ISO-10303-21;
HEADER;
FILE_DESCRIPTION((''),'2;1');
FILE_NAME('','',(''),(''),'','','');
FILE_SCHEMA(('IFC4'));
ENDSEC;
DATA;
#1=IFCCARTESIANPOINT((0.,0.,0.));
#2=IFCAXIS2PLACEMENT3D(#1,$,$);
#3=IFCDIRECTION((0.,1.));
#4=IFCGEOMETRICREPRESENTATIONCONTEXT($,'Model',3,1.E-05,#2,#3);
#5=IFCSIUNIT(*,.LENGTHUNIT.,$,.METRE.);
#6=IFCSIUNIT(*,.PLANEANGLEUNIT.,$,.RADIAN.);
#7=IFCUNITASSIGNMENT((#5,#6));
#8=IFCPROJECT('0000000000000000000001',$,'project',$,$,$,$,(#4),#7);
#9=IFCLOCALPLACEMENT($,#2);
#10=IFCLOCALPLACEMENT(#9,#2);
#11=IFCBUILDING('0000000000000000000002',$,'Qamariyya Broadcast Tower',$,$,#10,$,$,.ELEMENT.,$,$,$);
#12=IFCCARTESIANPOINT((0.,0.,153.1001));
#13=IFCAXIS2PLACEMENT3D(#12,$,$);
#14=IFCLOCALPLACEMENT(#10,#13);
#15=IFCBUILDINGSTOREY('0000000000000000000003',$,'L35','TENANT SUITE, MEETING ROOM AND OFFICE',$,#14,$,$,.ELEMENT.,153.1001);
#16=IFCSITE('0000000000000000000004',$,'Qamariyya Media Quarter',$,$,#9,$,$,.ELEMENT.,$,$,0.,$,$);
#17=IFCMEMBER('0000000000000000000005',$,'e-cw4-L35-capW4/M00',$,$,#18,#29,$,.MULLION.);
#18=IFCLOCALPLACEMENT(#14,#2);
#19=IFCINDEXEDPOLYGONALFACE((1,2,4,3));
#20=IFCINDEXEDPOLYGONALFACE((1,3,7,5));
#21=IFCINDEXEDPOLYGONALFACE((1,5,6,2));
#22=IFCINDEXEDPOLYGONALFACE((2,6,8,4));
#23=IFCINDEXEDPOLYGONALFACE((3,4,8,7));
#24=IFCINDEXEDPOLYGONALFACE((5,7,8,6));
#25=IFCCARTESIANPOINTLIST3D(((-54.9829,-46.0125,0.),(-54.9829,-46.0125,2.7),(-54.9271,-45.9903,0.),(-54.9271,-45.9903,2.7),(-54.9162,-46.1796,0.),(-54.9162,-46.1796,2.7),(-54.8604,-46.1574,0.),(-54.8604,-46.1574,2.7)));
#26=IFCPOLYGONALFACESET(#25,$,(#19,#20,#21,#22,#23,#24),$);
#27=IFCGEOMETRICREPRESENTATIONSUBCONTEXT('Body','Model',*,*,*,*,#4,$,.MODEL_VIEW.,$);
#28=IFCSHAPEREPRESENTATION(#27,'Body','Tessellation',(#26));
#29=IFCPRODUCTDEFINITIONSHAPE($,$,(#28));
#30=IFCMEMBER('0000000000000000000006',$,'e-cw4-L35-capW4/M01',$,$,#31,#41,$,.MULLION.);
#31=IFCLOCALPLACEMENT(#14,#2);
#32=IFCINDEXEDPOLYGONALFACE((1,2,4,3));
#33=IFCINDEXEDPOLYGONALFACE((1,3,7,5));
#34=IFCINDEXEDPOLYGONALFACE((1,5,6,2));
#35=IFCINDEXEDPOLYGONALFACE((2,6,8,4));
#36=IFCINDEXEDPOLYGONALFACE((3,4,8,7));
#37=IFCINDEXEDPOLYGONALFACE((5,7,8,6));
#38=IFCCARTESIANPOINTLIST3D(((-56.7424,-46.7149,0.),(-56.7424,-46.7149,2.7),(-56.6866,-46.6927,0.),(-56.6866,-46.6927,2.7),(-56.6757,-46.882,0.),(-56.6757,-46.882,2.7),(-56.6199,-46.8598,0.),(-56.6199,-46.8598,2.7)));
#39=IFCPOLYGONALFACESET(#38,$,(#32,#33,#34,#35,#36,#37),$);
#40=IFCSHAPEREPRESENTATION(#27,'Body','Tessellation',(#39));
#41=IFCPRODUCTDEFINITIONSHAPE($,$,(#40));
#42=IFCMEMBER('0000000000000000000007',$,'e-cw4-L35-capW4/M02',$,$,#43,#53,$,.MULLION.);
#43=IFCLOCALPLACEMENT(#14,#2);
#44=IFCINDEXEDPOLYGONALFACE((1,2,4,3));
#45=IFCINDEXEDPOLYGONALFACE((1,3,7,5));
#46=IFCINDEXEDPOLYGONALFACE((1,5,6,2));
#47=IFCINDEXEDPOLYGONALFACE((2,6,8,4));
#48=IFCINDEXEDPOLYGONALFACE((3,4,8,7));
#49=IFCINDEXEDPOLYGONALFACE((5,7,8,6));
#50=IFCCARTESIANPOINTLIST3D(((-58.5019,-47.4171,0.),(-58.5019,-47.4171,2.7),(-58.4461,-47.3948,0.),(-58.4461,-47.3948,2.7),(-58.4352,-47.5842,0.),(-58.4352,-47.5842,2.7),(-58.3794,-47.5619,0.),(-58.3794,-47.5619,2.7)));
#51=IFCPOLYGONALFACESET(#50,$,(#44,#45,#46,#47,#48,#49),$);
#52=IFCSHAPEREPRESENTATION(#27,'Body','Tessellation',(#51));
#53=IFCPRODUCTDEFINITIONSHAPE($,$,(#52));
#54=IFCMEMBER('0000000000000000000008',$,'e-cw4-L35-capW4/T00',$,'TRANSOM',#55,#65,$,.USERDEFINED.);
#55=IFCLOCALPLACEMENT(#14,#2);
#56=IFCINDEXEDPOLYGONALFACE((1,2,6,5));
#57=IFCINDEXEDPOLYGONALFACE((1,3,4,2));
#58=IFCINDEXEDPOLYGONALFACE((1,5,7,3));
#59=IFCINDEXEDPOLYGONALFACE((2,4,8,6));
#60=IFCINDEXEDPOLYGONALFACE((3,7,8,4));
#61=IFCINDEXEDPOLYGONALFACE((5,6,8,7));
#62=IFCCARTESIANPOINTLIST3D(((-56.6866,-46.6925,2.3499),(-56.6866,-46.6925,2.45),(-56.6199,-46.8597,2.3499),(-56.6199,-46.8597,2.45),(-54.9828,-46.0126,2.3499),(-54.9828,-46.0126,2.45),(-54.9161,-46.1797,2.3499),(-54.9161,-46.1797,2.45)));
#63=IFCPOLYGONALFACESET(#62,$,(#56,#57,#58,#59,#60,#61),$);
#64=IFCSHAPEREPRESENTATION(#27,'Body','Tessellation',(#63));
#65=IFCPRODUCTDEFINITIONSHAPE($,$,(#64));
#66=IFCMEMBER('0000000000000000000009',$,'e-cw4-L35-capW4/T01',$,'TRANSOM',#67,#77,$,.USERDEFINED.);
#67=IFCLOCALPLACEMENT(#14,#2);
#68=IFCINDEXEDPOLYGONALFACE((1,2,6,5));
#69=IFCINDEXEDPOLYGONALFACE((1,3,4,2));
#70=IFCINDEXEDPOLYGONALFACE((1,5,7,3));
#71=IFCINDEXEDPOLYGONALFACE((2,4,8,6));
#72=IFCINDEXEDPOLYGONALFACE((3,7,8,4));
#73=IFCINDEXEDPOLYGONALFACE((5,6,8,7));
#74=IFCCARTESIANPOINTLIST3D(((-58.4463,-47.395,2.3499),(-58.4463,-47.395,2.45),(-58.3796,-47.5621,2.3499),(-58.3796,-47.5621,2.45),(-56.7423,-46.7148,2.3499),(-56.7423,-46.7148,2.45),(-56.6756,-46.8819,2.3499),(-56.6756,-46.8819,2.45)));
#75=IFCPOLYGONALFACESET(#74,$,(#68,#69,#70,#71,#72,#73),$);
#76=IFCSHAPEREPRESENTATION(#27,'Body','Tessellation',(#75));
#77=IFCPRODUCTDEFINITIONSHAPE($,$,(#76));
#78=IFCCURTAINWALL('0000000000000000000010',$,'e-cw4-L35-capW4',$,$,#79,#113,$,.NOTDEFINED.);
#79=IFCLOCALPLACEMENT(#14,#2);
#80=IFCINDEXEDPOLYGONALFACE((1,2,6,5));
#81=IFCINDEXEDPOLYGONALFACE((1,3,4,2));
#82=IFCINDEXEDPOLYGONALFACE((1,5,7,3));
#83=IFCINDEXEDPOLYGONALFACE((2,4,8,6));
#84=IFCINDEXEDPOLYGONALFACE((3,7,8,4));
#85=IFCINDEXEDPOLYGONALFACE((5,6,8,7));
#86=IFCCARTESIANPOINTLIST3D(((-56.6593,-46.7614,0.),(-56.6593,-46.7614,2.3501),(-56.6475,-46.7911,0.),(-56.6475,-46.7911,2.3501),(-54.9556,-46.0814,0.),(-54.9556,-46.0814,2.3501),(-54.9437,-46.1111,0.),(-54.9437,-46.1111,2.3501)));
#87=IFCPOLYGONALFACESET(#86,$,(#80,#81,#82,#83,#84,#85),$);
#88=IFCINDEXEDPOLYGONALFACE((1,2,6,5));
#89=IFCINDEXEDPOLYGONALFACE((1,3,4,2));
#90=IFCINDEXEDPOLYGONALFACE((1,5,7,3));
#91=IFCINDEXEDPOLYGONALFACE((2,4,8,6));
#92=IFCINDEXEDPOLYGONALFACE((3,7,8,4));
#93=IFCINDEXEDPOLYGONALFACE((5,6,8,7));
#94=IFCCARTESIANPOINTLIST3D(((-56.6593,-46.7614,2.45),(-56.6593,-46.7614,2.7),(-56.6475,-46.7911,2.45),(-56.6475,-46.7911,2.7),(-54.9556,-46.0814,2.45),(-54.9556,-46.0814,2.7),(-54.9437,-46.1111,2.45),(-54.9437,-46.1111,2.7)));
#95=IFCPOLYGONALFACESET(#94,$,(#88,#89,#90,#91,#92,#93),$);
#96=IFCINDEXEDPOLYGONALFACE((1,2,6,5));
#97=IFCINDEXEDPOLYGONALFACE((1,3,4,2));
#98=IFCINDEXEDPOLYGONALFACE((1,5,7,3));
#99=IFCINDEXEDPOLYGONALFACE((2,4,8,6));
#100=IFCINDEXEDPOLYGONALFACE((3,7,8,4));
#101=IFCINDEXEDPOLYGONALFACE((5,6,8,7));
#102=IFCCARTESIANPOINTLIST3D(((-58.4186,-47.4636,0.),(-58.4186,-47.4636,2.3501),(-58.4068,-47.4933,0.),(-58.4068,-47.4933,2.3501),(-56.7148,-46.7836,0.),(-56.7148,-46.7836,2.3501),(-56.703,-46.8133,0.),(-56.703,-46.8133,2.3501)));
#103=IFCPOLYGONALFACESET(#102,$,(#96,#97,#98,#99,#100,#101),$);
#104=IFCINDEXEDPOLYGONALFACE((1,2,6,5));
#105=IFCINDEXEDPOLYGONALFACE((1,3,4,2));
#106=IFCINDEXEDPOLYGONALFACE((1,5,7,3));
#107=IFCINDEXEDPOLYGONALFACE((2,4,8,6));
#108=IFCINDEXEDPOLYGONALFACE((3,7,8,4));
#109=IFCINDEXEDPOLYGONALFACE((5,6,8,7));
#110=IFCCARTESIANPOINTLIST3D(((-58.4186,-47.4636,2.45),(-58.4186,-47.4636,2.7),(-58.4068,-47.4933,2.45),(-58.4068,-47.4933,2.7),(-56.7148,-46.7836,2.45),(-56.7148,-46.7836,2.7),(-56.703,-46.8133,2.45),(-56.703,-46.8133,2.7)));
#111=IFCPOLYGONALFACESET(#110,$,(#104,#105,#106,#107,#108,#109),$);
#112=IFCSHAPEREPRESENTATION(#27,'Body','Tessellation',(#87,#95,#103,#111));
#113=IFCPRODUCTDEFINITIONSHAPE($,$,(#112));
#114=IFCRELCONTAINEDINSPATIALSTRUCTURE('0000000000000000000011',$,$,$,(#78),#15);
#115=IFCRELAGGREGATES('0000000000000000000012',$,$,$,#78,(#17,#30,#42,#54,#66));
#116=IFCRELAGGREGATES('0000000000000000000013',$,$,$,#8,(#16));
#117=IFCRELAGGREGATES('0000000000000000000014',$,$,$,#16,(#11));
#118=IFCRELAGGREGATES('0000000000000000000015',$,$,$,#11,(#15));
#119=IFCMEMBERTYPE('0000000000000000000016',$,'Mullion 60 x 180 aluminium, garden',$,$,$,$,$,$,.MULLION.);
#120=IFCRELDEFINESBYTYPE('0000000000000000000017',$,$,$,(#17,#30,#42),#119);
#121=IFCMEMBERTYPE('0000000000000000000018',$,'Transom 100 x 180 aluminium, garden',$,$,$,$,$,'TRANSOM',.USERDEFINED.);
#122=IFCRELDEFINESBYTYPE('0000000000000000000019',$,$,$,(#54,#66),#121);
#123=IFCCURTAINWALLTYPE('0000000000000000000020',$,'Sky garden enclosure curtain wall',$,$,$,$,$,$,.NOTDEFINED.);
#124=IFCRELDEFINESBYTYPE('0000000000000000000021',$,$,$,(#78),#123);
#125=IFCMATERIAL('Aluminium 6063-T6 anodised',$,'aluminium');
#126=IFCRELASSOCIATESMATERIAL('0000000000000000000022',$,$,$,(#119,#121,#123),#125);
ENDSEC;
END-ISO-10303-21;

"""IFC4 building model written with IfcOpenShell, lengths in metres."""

from ifc_helpers import new_model, si_unit, direction, frame, origin, origin_2d, place, context, subcontext, project, spatial, rectangle, extrude, material, material_profile, profile_set, type_object, element, aggregate, save


model = new_model("IFC4")

# Units and contexts
model_context = context("Model", 3, precision=1e-05, world=origin(), true_north=direction((0.0, 1.0)))
body_context = subcontext(model_context, "Body", "Model", "MODEL_VIEW")
ifc_project = project(units=[si_unit("LENGTHUNIT", "METRE"), si_unit("PLANEANGLEUNIT", "RADIAN")], contexts=[model_context])

# Members
ifc_material_1 = material(Name="Aluminium 6063-T6 anodised", Category="aluminium")
ifc_material_profile_1 = material_profile(ifc_material_1, rectangle(XDim=0.1799, YDim=0.0601, at=origin_2d()))
ifc_profile_set_1 = profile_set([ifc_material_profile_1], Name="Aluminium 6063-T6 anodised")
member_type_1 = type_object("IfcMemberType", Name="Mullion 60 x 180 aluminium, garden", PredefinedType="MULLION", material=ifc_profile_set_1)
site_placement = place(None, origin())
building_placement = place(site_placement, origin())
storey_placement = place(building_placement, frame((0.0, 0.0, 153.1001)))
member_1_placement = place(storey_placement, frame((-54.9216, -46.085, 0.0), z_axis=(0.0, 0.0, 1.0), x_axis=(0.370691, -0.928756, 0.0)))
member_1 = element("IfcMember", 1, at=member_1_placement, type_object=member_type_1, Name="e-cw4-L35-capW4/M00", PredefinedType="MULLION", context=body_context, shape_type="SweptSolid", body=[
    extrude(rectangle(XDim=0.1799, YDim=0.0601, at=origin_2d()), origin(), (0.0, 0.0, 1.0), 2.7),
])
member_2_placement = place(storey_placement, frame((-56.6812, -46.7874, 0.0), z_axis=(0.0, 0.0, 1.0), x_axis=(0.370691, -0.928756, 0.0)))
member_2 = element("IfcMember", 2, at=member_2_placement, type_object=member_type_1, Name="e-cw4-L35-capW4/M01", PredefinedType="MULLION", context=body_context, shape_type="SweptSolid", body=[
    extrude(rectangle(XDim=0.1799, YDim=0.0601, at=origin_2d()), origin(), (0.0, 0.0, 1.0), 2.7),
])
member_3_placement = place(storey_placement, frame((-58.4407, -47.4895, 0.0), z_axis=(0.0, 0.0, 1.0), x_axis=(0.370691, -0.928756, 0.0)))
member_3 = element("IfcMember", 3, at=member_3_placement, type_object=member_type_1, Name="e-cw4-L35-capW4/M02", PredefinedType="MULLION", context=body_context, shape_type="SweptSolid", body=[
    extrude(rectangle(XDim=0.1799, YDim=0.0601, at=origin_2d()), origin(), (0.0, 0.0, 1.0), 2.7),
])
ifc_material_profile_2 = material_profile(ifc_material_1, rectangle(XDim=0.1799, YDim=0.1001, at=origin_2d()))
ifc_profile_set_2 = profile_set([ifc_material_profile_2], Name="Aluminium 6063-T6 anodised")
member_type_2 = type_object("IfcMemberType", Name="Transom 100 x 180 aluminium, garden", ElementType="TRANSOM", PredefinedType="USERDEFINED", material=ifc_profile_set_2)
member_4_placement = place(storey_placement, frame((-54.9495, -46.0962, 2.3999), z_axis=(-0.928779, -0.370633, 0.0), x_axis=(0.370633, -0.928779, 0.0)))
member_4 = element("IfcMember", 4, at=member_4_placement, type_object=member_type_2, Name="e-cw4-L35-capW4/T00", ObjectType="TRANSOM", PredefinedType="USERDEFINED", context=body_context, shape_type="SweptSolid", body=[
    extrude(rectangle(XDim=0.1799, YDim=0.1001, at=origin_2d()), origin(), (0.0, 0.0, 1.0), 1.8345),
])
member_5_placement = place(storey_placement, frame((-56.709, -46.7983, 2.3999), z_axis=(-0.928733, -0.370748, 0.0), x_axis=(0.370748, -0.928733, 0.0)))
member_5 = element("IfcMember", 5, at=member_5_placement, type_object=member_type_2, Name="e-cw4-L35-capW4/T01", ObjectType="TRANSOM", PredefinedType="USERDEFINED", context=body_context, shape_type="SweptSolid", body=[
    extrude(rectangle(XDim=0.1799, YDim=0.1001, at=origin_2d()), origin(), (0.0, 0.0, 1.0), 1.8347),
])

# Site, building, storey
site = spatial("IfcSite", under=ifc_project, at=site_placement, Name="Qamariyya Media Quarter", CompositionType="ELEMENT", RefElevation=0.0)
building = spatial("IfcBuilding", under=site, at=building_placement, Name="Qamariyya Broadcast Tower", CompositionType="ELEMENT")
storey = spatial("IfcBuildingStorey", under=building, at=storey_placement, Name="L35", Description="TENANT SUITE, MEETING ROOM AND OFFICE", CompositionType="ELEMENT", Elevation=153.1001)

# Curtain wall
curtain_wall_type_1 = type_object("IfcCurtainWallType", Name="Sky garden enclosure curtain wall", PredefinedType="NOTDEFINED", material=ifc_material_1)
curtain_wall_1_placement = place(storey_placement, origin())
curtain_wall_1 = element("IfcCurtainWall", 6, at=curtain_wall_1_placement, inside=storey, type_object=curtain_wall_type_1, Name="e-cw4-L35-capW4", PredefinedType="NOTDEFINED", context=body_context, shape_type="SweptSolid", body=[
    extrude(rectangle(XDim=1.8345, YDim=0.032, at=origin_2d()), frame((-55.8015, -46.4363, 0.0), x_axis=(-0.928756, -0.370691, 0.0)), (0.0, 0.0, 1.0), 2.3501),
    extrude(rectangle(XDim=1.8345, YDim=0.032, at=origin_2d()), frame((-55.8015, -46.4363, 2.45), x_axis=(-0.928756, -0.370691, 0.0)), (0.0, 0.0, 1.0), 0.25),
    extrude(rectangle(XDim=1.8345, YDim=0.032, at=origin_2d()), frame((-57.5608, -47.1384, 0.0), x_axis=(-0.928756, -0.370691, 0.0)), (0.0, 0.0, 1.0), 2.3501),
    extrude(rectangle(XDim=1.8345, YDim=0.032, at=origin_2d()), frame((-57.5608, -47.1384, 2.45), x_axis=(-0.928756, -0.370691, 0.0)), (0.0, 0.0, 1.0), 0.25),
])
aggregate(curtain_wall_1, [member_1, member_2, member_3, member_4, member_5])

save(model, "model.ifc")
